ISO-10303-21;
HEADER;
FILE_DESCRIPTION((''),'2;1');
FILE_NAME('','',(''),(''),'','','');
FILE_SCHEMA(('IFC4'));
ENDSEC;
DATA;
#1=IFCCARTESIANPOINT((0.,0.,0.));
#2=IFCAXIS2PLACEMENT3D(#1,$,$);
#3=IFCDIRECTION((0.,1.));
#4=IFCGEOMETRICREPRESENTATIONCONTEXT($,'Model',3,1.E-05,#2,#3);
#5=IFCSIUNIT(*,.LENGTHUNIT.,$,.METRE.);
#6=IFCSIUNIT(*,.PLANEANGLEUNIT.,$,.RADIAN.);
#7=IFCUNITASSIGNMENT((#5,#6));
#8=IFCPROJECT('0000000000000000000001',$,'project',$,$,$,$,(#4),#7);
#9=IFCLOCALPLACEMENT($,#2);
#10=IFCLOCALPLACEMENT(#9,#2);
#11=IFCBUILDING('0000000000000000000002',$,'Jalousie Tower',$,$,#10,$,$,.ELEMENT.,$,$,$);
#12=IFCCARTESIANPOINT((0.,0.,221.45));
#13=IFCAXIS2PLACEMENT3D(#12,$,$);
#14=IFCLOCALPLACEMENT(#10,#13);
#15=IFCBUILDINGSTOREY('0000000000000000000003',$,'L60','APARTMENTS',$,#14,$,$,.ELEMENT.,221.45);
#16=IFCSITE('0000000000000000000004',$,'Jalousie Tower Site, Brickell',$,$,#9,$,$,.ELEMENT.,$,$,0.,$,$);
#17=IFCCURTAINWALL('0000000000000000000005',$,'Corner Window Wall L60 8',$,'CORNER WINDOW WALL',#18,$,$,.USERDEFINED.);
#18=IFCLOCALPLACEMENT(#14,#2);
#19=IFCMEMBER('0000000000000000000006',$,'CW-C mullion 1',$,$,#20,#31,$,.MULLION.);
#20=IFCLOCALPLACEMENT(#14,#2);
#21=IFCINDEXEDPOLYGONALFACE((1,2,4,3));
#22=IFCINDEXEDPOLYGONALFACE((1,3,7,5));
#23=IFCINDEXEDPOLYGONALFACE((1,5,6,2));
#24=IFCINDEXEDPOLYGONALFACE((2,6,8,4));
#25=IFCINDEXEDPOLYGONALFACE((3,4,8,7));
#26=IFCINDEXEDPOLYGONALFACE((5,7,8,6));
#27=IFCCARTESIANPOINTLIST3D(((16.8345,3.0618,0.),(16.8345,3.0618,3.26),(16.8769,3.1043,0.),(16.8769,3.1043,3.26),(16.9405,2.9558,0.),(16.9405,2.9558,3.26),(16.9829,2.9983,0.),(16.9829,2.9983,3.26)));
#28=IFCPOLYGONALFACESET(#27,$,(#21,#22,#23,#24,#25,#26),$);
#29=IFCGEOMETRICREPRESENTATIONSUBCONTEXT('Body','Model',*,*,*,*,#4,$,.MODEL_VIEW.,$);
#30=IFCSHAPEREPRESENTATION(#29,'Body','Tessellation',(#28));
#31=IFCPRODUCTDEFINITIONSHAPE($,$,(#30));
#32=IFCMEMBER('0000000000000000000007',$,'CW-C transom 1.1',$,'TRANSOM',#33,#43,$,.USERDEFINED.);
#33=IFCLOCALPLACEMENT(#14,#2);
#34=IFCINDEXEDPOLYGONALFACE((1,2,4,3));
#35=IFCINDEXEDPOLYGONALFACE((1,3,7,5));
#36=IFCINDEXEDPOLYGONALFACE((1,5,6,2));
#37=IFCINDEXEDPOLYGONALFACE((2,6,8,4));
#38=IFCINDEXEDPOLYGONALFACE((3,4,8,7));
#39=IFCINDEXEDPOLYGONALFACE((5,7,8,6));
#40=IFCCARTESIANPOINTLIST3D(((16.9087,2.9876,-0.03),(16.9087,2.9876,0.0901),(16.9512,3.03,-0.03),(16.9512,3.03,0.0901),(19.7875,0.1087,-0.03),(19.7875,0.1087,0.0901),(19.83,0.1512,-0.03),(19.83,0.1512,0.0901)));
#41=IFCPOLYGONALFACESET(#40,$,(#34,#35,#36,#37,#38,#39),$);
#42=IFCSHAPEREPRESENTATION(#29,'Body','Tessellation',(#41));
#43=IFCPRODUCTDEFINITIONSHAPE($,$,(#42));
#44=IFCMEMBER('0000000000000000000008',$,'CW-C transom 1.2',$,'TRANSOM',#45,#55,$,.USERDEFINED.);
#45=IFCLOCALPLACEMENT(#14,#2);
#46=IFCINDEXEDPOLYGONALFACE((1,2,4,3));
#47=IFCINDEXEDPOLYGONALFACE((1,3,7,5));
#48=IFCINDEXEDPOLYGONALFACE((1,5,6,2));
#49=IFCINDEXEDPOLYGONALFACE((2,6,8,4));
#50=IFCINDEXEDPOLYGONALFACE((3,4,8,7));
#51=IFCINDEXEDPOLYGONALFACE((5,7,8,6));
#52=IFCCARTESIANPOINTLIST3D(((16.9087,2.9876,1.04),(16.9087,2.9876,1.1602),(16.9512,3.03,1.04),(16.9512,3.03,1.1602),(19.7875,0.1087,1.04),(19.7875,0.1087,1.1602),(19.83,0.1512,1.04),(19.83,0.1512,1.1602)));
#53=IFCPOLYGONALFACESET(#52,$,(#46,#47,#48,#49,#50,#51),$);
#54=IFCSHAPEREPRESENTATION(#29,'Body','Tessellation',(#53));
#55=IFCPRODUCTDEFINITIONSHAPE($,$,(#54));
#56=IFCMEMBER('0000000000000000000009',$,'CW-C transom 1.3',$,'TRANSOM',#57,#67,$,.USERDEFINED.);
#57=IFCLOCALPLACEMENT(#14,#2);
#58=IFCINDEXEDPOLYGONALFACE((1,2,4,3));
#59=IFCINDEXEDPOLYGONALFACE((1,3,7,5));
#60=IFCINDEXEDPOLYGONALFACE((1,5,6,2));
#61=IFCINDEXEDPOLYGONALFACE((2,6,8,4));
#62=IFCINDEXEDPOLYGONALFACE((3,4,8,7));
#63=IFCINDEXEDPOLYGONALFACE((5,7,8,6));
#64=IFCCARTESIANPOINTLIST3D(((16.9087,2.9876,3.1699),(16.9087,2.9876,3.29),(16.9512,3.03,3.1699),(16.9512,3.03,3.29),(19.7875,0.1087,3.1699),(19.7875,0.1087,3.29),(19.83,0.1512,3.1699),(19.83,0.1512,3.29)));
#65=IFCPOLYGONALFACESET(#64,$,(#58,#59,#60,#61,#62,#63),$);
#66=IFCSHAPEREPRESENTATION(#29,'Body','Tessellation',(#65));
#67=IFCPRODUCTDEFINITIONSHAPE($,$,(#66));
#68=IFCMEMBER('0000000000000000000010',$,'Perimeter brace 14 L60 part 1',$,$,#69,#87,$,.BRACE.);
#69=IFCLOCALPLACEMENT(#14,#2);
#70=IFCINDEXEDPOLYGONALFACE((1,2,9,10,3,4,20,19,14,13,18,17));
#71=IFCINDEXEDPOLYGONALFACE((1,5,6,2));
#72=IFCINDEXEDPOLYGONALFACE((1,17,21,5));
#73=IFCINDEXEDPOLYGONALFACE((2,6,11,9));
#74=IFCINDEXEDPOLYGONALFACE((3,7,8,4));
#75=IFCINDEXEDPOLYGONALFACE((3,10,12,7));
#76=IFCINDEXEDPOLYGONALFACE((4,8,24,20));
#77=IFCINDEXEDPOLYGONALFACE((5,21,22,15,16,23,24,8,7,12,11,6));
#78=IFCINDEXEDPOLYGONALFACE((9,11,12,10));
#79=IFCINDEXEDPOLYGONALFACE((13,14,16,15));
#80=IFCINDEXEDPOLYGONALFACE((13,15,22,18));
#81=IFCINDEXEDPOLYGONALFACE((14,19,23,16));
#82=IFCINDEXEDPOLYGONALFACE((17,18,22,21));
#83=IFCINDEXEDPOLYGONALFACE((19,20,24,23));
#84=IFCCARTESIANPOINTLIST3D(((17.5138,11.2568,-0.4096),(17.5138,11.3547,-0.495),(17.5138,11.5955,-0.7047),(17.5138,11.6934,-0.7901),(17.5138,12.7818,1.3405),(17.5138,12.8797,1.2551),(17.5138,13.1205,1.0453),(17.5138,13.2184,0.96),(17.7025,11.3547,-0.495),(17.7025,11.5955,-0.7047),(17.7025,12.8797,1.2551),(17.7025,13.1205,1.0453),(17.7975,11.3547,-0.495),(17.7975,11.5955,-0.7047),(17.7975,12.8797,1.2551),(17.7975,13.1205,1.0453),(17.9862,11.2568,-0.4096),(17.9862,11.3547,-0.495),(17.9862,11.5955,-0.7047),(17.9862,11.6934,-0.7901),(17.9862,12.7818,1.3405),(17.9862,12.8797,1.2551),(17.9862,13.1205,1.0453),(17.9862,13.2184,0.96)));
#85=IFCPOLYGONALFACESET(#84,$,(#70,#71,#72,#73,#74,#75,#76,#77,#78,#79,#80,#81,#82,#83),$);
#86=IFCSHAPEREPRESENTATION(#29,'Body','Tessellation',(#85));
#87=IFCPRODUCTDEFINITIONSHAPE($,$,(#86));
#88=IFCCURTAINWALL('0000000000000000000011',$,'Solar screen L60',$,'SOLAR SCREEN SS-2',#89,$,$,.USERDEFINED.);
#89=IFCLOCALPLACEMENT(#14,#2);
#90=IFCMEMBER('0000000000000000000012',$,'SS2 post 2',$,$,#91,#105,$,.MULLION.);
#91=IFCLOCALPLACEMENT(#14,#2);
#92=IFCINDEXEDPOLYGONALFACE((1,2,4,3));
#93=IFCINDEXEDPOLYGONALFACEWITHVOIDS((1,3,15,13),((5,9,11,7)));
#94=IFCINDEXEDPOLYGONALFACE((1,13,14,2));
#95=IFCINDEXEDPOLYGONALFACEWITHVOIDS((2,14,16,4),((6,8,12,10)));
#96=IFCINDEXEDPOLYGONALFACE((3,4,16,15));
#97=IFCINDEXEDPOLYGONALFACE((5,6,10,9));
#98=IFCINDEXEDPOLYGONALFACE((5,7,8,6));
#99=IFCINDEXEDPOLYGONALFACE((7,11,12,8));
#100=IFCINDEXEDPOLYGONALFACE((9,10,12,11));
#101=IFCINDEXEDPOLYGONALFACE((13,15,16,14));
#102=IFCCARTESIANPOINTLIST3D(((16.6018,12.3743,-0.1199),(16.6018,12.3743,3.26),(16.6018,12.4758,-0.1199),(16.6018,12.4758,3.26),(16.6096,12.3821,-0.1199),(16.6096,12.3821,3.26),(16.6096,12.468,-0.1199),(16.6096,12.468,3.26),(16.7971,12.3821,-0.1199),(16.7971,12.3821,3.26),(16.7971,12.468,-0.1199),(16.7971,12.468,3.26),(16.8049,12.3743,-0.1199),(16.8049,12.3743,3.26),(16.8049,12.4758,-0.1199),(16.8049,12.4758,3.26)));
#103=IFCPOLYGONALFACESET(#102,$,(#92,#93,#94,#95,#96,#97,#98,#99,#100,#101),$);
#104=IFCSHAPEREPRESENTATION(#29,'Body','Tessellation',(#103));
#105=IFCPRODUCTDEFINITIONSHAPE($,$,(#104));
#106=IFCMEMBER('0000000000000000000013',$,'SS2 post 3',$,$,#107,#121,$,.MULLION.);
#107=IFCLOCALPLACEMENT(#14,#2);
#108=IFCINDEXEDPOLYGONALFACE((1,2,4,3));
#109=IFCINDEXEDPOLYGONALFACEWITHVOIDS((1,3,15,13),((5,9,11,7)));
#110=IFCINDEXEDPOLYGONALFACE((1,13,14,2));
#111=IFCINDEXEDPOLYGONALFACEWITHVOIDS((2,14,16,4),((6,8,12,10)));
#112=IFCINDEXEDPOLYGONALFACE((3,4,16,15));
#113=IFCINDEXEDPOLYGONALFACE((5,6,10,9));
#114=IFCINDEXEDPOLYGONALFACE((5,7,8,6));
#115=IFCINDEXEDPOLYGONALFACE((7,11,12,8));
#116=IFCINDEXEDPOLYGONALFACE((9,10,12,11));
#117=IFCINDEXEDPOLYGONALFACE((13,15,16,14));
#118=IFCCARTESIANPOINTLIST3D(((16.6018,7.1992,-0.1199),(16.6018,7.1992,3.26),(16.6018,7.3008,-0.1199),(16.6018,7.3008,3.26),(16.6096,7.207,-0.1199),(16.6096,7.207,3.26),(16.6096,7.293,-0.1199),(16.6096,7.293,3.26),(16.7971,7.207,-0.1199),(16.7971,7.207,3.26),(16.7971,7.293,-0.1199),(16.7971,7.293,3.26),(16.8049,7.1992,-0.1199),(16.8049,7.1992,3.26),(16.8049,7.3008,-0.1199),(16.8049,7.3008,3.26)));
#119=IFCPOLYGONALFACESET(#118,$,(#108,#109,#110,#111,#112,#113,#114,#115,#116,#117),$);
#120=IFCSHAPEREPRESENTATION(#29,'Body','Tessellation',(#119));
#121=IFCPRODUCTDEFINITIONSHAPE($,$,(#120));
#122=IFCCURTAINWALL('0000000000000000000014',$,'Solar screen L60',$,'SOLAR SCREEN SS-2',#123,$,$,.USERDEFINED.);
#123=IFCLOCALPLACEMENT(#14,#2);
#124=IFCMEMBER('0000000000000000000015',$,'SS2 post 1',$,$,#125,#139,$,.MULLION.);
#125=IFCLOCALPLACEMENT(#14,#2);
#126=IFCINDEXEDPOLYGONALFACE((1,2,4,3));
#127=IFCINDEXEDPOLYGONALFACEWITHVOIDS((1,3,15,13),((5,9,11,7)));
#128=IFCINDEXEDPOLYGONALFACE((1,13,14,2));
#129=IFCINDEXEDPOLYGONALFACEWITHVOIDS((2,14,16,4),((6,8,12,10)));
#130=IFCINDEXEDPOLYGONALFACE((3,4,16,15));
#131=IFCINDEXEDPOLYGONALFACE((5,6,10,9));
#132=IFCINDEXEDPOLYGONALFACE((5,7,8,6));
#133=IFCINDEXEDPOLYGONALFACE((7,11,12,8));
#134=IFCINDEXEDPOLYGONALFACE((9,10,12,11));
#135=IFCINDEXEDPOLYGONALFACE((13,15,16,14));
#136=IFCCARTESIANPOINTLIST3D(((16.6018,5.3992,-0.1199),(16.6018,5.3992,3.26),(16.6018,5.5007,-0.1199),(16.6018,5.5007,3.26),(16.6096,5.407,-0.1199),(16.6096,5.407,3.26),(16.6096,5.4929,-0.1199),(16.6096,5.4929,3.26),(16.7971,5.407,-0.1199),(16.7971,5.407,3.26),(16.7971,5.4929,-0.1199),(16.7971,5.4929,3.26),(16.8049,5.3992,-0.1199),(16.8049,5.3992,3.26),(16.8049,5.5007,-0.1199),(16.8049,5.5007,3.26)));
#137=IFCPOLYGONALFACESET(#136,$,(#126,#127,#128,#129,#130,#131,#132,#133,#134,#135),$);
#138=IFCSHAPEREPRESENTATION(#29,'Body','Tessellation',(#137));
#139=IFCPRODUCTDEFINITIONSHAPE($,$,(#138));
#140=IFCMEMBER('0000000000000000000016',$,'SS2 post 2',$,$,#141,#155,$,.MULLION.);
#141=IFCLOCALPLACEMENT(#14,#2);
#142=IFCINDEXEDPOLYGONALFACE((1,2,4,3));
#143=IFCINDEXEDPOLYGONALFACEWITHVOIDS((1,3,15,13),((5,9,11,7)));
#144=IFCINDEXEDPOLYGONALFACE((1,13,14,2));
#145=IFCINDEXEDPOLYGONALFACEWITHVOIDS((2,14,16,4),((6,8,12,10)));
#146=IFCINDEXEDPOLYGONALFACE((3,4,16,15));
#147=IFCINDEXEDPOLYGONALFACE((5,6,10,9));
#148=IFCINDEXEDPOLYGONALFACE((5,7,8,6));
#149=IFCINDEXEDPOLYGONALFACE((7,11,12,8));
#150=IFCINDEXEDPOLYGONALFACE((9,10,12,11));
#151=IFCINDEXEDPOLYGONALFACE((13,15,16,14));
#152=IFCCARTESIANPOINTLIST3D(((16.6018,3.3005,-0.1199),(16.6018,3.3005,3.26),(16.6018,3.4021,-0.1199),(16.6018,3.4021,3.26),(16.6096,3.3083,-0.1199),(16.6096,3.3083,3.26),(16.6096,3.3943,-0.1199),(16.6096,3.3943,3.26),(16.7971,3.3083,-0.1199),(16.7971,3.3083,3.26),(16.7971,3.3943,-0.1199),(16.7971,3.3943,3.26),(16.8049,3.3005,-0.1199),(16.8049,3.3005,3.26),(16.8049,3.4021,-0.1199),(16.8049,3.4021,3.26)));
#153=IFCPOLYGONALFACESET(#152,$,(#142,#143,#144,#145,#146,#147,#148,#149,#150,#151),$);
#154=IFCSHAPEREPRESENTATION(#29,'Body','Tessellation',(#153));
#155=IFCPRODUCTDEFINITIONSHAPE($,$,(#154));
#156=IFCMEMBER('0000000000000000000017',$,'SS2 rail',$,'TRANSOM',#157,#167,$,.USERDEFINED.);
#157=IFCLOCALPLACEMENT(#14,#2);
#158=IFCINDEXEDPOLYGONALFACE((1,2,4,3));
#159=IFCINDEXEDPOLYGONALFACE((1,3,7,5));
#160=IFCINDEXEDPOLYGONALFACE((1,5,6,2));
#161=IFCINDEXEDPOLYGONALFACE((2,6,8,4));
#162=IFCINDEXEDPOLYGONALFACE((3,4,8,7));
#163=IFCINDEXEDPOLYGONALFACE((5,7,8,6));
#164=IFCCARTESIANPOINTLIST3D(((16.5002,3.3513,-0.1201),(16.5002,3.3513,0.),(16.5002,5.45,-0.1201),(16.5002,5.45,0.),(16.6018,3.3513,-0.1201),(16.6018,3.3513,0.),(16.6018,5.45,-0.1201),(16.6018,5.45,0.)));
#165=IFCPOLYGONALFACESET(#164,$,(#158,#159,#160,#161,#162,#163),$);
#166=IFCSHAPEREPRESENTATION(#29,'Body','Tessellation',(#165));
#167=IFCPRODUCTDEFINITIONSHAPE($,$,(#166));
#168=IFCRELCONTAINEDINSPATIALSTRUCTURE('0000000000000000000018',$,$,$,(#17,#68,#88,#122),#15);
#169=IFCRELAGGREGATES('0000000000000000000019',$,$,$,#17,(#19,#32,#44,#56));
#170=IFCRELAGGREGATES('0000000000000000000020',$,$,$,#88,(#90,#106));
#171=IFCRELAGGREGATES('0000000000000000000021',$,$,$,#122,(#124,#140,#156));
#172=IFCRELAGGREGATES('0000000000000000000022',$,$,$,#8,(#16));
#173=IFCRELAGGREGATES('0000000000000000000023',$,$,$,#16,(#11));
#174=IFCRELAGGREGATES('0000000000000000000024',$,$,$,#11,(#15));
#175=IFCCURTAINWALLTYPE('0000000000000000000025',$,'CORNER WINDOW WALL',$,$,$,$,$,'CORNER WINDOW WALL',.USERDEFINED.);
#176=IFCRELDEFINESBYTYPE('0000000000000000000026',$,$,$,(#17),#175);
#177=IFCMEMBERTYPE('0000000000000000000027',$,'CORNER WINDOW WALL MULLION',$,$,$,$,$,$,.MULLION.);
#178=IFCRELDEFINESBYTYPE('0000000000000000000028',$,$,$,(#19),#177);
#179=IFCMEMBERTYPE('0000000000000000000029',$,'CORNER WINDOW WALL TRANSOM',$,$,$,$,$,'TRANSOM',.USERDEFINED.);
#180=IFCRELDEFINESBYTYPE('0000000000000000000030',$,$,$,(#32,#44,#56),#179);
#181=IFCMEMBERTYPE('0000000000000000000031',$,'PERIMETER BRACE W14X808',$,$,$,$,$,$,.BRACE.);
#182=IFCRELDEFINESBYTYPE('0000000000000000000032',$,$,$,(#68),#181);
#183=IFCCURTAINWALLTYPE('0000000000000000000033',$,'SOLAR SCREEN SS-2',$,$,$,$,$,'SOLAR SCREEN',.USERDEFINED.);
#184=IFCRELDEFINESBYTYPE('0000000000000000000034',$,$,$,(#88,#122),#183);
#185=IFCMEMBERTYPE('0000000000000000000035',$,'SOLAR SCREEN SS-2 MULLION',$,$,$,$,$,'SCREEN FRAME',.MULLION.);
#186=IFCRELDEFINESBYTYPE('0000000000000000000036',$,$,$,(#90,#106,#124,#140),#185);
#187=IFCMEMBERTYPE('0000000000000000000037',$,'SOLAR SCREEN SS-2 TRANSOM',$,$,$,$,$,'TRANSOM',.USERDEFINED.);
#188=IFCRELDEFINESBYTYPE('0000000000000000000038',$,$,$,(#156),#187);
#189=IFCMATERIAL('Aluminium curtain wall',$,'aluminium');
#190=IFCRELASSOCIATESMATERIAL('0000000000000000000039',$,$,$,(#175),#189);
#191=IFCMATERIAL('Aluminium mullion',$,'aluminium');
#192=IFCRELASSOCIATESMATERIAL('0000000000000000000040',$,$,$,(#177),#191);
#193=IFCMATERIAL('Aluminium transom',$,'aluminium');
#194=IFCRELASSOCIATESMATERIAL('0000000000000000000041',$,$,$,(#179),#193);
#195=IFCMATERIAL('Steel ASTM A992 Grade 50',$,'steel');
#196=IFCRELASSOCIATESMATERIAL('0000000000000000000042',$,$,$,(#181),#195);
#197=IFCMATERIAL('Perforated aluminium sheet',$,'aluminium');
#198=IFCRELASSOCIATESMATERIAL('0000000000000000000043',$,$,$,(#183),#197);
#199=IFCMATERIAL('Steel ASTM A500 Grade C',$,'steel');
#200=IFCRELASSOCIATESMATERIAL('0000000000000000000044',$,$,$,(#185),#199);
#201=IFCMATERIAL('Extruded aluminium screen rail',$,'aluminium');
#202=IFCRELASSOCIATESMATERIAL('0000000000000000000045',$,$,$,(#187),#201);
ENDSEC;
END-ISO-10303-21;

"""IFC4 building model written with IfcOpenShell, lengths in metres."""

from ifc_helpers import new_model, si_unit, direction, frame, origin, origin_2d, place, context, subcontext, project, spatial, rectangle, hollow_rectangle, i_section, extrude, material, material_profile, profile_set, type_object, element, aggregate, save


model = new_model("IFC4")

# Units and contexts
model_context = context("Model", 3, precision=1e-05, world=origin(), true_north=direction((0.0, 1.0)))
body_context = subcontext(model_context, "Body", "Model", "MODEL_VIEW")
ifc_project = project(units=[si_unit("LENGTHUNIT", "METRE"), si_unit("PLANEANGLEUNIT", "RADIAN")], contexts=[model_context])

# Site, building, storey
site_placement = place(None, origin())
site = spatial("IfcSite", under=ifc_project, at=site_placement, Name="Jalousie Tower Site, Brickell", CompositionType="ELEMENT", RefElevation=0.0)
building_placement = place(site_placement, origin())
building = spatial("IfcBuilding", under=site, at=building_placement, Name="Jalousie Tower", CompositionType="ELEMENT")
storey_placement = place(building_placement, frame((0.0, 0.0, 221.45)))
storey = spatial("IfcBuildingStorey", under=building, at=storey_placement, Name="L60", Description="APARTMENTS", CompositionType="ELEMENT", Elevation=221.45)

# Curtain wall, members
ifc_material_1 = material(Name="Aluminium curtain wall", Category="aluminium")
curtain_wall_type_1 = type_object("IfcCurtainWallType", Name="CORNER WINDOW WALL", ElementType="CORNER WINDOW WALL", PredefinedType="USERDEFINED", material=ifc_material_1)
curtain_wall_1_placement = place(storey_placement, origin())
curtain_wall_1 = element("IfcCurtainWall", 1, at=curtain_wall_1_placement, inside=storey, type_object=curtain_wall_type_1, Name="Corner Window Wall L60 8", ObjectType="CORNER WINDOW WALL", PredefinedType="USERDEFINED")
ifc_material_2 = material(Name="Aluminium mullion", Category="aluminium")
ifc_material_profile_1 = material_profile(ifc_material_2, rectangle(XDim=0.0601, YDim=0.1499, at=origin_2d()), Name="MULLION 60x150")
ifc_profile_set_1 = profile_set([ifc_material_profile_1], Name="Aluminium mullion")
member_type_1 = type_object("IfcMemberType", Name="CORNER WINDOW WALL MULLION", PredefinedType="MULLION", material=ifc_profile_set_1)
member_1_placement = place(storey_placement, frame((16.9087, 3.03, 0.0), z_axis=(0.0, 0.0, 1.0), x_axis=(0.707107, 0.707107, 0.0)))
member_1 = element("IfcMember", 2, at=member_1_placement, type_object=member_type_1, Name="CW-C mullion 1", PredefinedType="MULLION", context=body_context, shape_type="SweptSolid", body=[
    extrude(rectangle(XDim=0.0601, YDim=0.1499, at=origin_2d()), origin(), (0.0, 0.0, 1.0), 3.26),
])
ifc_material_3 = material(Name="Aluminium transom", Category="aluminium")
ifc_material_profile_2 = material_profile(ifc_material_3, rectangle(XDim=0.0601, YDim=0.1201, at=origin_2d()), Name="TRANSOM 60x120")
ifc_profile_set_2 = profile_set([ifc_material_profile_2], Name="Aluminium transom")
member_type_2 = type_object("IfcMemberType", Name="CORNER WINDOW WALL TRANSOM", ElementType="TRANSOM", PredefinedType="USERDEFINED", material=ifc_profile_set_2)
member_2_placement = place(storey_placement, frame((16.9299, 3.0088, 0.03), z_axis=(0.707107, -0.707107, 0.0), x_axis=(0.707107, 0.707107, 0.0)))
member_2 = element("IfcMember", 3, at=member_2_placement, type_object=member_type_2, Name="CW-C transom 1.1", ObjectType="TRANSOM", PredefinedType="USERDEFINED", context=body_context, shape_type="SweptSolid", body=[
    extrude(rectangle(XDim=0.0601, YDim=0.1201, at=origin_2d()), origin(), (0.0, 0.0, 1.0), 4.0713),
])
member_3_placement = place(storey_placement, frame((16.9299, 3.0088, 1.1001), z_axis=(0.707107, -0.707107, 0.0), x_axis=(0.707107, 0.707107, 0.0)))
member_3 = element("IfcMember", 4, at=member_3_placement, type_object=member_type_2, Name="CW-C transom 1.2", ObjectType="TRANSOM", PredefinedType="USERDEFINED", context=body_context, shape_type="SweptSolid", body=[
    extrude(rectangle(XDim=0.0601, YDim=0.1201, at=origin_2d()), origin(), (0.0, 0.0, 1.0), 4.0713),
])
member_4_placement = place(storey_placement, frame((16.9299, 3.0088, 3.23), z_axis=(0.707107, -0.707107, 0.0), x_axis=(0.707107, 0.707107, 0.0)))
member_4 = element("IfcMember", 5, at=member_4_placement, type_object=member_type_2, Name="CW-C transom 1.3", ObjectType="TRANSOM", PredefinedType="USERDEFINED", context=body_context, shape_type="SweptSolid", body=[
    extrude(rectangle(XDim=0.0601, YDim=0.1201, at=origin_2d()), origin(), (0.0, 0.0, 1.0), 4.0713),
])
aggregate(curtain_wall_1, [member_1, member_2, member_3, member_4])

# Member
ifc_material_4 = material(Name="Steel ASTM A992 Grade 50", Category="steel")
ifc_material_profile_3 = material_profile(ifc_material_4, i_section(OverallWidth=0.4724, OverallDepth=0.5791, WebThickness=0.095, FlangeThickness=0.1299, at=origin_2d()), Name="W14X808")
ifc_profile_set_3 = profile_set([ifc_material_profile_3], Name="Steel ASTM A992 Grade 50")
member_type_3 = type_object("IfcMemberType", Name="PERIMETER BRACE W14X808", PredefinedType="BRACE", material=ifc_profile_set_3)
member_5_placement = place(storey_placement, frame((17.75, 11.4751, -0.5999), z_axis=(0.0, 0.656954, 0.75393), x_axis=(-1.0, 0.0, 0.0)))
element("IfcMember", 6, at=member_5_placement, inside=storey, type_object=member_type_3, Name="Perimeter brace 14 L60 part 1", PredefinedType="BRACE", context=body_context, shape_type="SweptSolid", body=[
    extrude(i_section(OverallWidth=0.4724, OverallDepth=0.5791, WebThickness=0.095, FlangeThickness=0.1299, at=origin_2d()), origin(), (0.0, 0.0, 1.0), 2.3213),
])

# Curtain walls, members
ifc_material_5 = material(Name="Perforated aluminium sheet", Category="aluminium")
curtain_wall_type_2 = type_object("IfcCurtainWallType", Name="SOLAR SCREEN SS-2", ElementType="SOLAR SCREEN", PredefinedType="USERDEFINED", material=ifc_material_5)
curtain_wall_2_placement = place(storey_placement, origin())
curtain_wall_2 = element("IfcCurtainWall", 7, at=curtain_wall_2_placement, inside=storey, type_object=curtain_wall_type_2, Name="Solar screen L60", ObjectType="SOLAR SCREEN SS-2", PredefinedType="USERDEFINED")
ifc_material_6 = material(Name="Steel ASTM A500 Grade C", Category="steel")
ifc_material_profile_4 = material_profile(ifc_material_6, hollow_rectangle(XDim=0.1016, YDim=0.2031, WallThickness=0.0078, at=origin_2d()), Name="HSS8X4X5/16")
ifc_profile_set_4 = profile_set([ifc_material_profile_4], Name="Steel ASTM A500 Grade C")
member_type_4 = type_object("IfcMemberType", Name="SOLAR SCREEN SS-2 MULLION", ElementType="SCREEN FRAME", PredefinedType="MULLION", material=ifc_profile_set_4)
member_6_placement = place(storey_placement, frame((16.7034, 12.425, -0.1199), z_axis=(0.0, 0.0, 1.0), x_axis=(0.0, -1.0, 0.0)))
member_6 = element("IfcMember", 8, at=member_6_placement, type_object=member_type_4, Name="SS2 post 2", PredefinedType="MULLION", context=body_context, shape_type="SweptSolid", body=[
    extrude(hollow_rectangle(XDim=0.1016, YDim=0.2031, WallThickness=0.0078, at=origin_2d()), origin(), (0.0, 0.0, 1.0), 3.3799),
])
member_7_placement = place(storey_placement, frame((16.7034, 7.25, -0.1199), z_axis=(0.0, 0.0, 1.0), x_axis=(0.0, -1.0, 0.0)))
member_7 = element("IfcMember", 9, at=member_7_placement, type_object=member_type_4, Name="SS2 post 3", PredefinedType="MULLION", context=body_context, shape_type="SweptSolid", body=[
    extrude(hollow_rectangle(XDim=0.1016, YDim=0.2031, WallThickness=0.0078, at=origin_2d()), origin(), (0.0, 0.0, 1.0), 3.3799),
])
curtain_wall_3_placement = place(storey_placement, origin())
curtain_wall_3 = element("IfcCurtainWall", 10, at=curtain_wall_3_placement, inside=storey, type_object=curtain_wall_type_2, Name="Solar screen L60", ObjectType="SOLAR SCREEN SS-2", PredefinedType="USERDEFINED")
member_8_placement = place(storey_placement, frame((16.7034, 5.45, -0.1199), z_axis=(0.0, 0.0, 1.0), x_axis=(0.0, -1.0, 0.0)))
member_8 = element("IfcMember", 11, at=member_8_placement, type_object=member_type_4, Name="SS2 post 1", PredefinedType="MULLION", context=body_context, shape_type="SweptSolid", body=[
    extrude(hollow_rectangle(XDim=0.1016, YDim=0.2031, WallThickness=0.0078, at=origin_2d()), origin(), (0.0, 0.0, 1.0), 3.3799),
])
member_9_placement = place(storey_placement, frame((16.7034, 3.3513, -0.1199), z_axis=(0.0, 0.0, 1.0), x_axis=(0.0, -1.0, 0.0)))
member_9 = element("IfcMember", 12, at=member_9_placement, type_object=member_type_4, Name="SS2 post 2", PredefinedType="MULLION", context=body_context, shape_type="SweptSolid", body=[
    extrude(hollow_rectangle(XDim=0.1016, YDim=0.2031, WallThickness=0.0078, at=origin_2d()), origin(), (0.0, 0.0, 1.0), 3.3799),
])
ifc_material_7 = material(Name="Extruded aluminium screen rail", Category="aluminium")
ifc_material_profile_5 = material_profile(ifc_material_7, rectangle(XDim=0.1016, YDim=0.1201, at=origin_2d()), Name="RAIL 102x120")
ifc_profile_set_5 = profile_set([ifc_material_profile_5], Name="Extruded aluminium screen rail")
member_type_5 = type_object("IfcMemberType", Name="SOLAR SCREEN SS-2 TRANSOM", ElementType="TRANSOM", PredefinedType="USERDEFINED", material=ifc_profile_set_5)
member_10_placement = place(storey_placement, frame((16.551, 5.45, -0.0601), z_axis=(0.0, -1.0, 0.0), x_axis=(1.0, 0.0, 0.0)))
member_10 = element("IfcMember", 13, at=member_10_placement, type_object=member_type_5, Name="SS2 rail", ObjectType="TRANSOM", PredefinedType="USERDEFINED", context=body_context, shape_type="SweptSolid", body=[
    extrude(rectangle(XDim=0.1016, YDim=0.1201, at=origin_2d()), origin(), (0.0, 0.0, 1.0), 2.0986),
])

aggregate(curtain_wall_2, [member_6, member_7])
aggregate(curtain_wall_3, [member_8, member_9, member_10])

save(model, "model.ifc")
